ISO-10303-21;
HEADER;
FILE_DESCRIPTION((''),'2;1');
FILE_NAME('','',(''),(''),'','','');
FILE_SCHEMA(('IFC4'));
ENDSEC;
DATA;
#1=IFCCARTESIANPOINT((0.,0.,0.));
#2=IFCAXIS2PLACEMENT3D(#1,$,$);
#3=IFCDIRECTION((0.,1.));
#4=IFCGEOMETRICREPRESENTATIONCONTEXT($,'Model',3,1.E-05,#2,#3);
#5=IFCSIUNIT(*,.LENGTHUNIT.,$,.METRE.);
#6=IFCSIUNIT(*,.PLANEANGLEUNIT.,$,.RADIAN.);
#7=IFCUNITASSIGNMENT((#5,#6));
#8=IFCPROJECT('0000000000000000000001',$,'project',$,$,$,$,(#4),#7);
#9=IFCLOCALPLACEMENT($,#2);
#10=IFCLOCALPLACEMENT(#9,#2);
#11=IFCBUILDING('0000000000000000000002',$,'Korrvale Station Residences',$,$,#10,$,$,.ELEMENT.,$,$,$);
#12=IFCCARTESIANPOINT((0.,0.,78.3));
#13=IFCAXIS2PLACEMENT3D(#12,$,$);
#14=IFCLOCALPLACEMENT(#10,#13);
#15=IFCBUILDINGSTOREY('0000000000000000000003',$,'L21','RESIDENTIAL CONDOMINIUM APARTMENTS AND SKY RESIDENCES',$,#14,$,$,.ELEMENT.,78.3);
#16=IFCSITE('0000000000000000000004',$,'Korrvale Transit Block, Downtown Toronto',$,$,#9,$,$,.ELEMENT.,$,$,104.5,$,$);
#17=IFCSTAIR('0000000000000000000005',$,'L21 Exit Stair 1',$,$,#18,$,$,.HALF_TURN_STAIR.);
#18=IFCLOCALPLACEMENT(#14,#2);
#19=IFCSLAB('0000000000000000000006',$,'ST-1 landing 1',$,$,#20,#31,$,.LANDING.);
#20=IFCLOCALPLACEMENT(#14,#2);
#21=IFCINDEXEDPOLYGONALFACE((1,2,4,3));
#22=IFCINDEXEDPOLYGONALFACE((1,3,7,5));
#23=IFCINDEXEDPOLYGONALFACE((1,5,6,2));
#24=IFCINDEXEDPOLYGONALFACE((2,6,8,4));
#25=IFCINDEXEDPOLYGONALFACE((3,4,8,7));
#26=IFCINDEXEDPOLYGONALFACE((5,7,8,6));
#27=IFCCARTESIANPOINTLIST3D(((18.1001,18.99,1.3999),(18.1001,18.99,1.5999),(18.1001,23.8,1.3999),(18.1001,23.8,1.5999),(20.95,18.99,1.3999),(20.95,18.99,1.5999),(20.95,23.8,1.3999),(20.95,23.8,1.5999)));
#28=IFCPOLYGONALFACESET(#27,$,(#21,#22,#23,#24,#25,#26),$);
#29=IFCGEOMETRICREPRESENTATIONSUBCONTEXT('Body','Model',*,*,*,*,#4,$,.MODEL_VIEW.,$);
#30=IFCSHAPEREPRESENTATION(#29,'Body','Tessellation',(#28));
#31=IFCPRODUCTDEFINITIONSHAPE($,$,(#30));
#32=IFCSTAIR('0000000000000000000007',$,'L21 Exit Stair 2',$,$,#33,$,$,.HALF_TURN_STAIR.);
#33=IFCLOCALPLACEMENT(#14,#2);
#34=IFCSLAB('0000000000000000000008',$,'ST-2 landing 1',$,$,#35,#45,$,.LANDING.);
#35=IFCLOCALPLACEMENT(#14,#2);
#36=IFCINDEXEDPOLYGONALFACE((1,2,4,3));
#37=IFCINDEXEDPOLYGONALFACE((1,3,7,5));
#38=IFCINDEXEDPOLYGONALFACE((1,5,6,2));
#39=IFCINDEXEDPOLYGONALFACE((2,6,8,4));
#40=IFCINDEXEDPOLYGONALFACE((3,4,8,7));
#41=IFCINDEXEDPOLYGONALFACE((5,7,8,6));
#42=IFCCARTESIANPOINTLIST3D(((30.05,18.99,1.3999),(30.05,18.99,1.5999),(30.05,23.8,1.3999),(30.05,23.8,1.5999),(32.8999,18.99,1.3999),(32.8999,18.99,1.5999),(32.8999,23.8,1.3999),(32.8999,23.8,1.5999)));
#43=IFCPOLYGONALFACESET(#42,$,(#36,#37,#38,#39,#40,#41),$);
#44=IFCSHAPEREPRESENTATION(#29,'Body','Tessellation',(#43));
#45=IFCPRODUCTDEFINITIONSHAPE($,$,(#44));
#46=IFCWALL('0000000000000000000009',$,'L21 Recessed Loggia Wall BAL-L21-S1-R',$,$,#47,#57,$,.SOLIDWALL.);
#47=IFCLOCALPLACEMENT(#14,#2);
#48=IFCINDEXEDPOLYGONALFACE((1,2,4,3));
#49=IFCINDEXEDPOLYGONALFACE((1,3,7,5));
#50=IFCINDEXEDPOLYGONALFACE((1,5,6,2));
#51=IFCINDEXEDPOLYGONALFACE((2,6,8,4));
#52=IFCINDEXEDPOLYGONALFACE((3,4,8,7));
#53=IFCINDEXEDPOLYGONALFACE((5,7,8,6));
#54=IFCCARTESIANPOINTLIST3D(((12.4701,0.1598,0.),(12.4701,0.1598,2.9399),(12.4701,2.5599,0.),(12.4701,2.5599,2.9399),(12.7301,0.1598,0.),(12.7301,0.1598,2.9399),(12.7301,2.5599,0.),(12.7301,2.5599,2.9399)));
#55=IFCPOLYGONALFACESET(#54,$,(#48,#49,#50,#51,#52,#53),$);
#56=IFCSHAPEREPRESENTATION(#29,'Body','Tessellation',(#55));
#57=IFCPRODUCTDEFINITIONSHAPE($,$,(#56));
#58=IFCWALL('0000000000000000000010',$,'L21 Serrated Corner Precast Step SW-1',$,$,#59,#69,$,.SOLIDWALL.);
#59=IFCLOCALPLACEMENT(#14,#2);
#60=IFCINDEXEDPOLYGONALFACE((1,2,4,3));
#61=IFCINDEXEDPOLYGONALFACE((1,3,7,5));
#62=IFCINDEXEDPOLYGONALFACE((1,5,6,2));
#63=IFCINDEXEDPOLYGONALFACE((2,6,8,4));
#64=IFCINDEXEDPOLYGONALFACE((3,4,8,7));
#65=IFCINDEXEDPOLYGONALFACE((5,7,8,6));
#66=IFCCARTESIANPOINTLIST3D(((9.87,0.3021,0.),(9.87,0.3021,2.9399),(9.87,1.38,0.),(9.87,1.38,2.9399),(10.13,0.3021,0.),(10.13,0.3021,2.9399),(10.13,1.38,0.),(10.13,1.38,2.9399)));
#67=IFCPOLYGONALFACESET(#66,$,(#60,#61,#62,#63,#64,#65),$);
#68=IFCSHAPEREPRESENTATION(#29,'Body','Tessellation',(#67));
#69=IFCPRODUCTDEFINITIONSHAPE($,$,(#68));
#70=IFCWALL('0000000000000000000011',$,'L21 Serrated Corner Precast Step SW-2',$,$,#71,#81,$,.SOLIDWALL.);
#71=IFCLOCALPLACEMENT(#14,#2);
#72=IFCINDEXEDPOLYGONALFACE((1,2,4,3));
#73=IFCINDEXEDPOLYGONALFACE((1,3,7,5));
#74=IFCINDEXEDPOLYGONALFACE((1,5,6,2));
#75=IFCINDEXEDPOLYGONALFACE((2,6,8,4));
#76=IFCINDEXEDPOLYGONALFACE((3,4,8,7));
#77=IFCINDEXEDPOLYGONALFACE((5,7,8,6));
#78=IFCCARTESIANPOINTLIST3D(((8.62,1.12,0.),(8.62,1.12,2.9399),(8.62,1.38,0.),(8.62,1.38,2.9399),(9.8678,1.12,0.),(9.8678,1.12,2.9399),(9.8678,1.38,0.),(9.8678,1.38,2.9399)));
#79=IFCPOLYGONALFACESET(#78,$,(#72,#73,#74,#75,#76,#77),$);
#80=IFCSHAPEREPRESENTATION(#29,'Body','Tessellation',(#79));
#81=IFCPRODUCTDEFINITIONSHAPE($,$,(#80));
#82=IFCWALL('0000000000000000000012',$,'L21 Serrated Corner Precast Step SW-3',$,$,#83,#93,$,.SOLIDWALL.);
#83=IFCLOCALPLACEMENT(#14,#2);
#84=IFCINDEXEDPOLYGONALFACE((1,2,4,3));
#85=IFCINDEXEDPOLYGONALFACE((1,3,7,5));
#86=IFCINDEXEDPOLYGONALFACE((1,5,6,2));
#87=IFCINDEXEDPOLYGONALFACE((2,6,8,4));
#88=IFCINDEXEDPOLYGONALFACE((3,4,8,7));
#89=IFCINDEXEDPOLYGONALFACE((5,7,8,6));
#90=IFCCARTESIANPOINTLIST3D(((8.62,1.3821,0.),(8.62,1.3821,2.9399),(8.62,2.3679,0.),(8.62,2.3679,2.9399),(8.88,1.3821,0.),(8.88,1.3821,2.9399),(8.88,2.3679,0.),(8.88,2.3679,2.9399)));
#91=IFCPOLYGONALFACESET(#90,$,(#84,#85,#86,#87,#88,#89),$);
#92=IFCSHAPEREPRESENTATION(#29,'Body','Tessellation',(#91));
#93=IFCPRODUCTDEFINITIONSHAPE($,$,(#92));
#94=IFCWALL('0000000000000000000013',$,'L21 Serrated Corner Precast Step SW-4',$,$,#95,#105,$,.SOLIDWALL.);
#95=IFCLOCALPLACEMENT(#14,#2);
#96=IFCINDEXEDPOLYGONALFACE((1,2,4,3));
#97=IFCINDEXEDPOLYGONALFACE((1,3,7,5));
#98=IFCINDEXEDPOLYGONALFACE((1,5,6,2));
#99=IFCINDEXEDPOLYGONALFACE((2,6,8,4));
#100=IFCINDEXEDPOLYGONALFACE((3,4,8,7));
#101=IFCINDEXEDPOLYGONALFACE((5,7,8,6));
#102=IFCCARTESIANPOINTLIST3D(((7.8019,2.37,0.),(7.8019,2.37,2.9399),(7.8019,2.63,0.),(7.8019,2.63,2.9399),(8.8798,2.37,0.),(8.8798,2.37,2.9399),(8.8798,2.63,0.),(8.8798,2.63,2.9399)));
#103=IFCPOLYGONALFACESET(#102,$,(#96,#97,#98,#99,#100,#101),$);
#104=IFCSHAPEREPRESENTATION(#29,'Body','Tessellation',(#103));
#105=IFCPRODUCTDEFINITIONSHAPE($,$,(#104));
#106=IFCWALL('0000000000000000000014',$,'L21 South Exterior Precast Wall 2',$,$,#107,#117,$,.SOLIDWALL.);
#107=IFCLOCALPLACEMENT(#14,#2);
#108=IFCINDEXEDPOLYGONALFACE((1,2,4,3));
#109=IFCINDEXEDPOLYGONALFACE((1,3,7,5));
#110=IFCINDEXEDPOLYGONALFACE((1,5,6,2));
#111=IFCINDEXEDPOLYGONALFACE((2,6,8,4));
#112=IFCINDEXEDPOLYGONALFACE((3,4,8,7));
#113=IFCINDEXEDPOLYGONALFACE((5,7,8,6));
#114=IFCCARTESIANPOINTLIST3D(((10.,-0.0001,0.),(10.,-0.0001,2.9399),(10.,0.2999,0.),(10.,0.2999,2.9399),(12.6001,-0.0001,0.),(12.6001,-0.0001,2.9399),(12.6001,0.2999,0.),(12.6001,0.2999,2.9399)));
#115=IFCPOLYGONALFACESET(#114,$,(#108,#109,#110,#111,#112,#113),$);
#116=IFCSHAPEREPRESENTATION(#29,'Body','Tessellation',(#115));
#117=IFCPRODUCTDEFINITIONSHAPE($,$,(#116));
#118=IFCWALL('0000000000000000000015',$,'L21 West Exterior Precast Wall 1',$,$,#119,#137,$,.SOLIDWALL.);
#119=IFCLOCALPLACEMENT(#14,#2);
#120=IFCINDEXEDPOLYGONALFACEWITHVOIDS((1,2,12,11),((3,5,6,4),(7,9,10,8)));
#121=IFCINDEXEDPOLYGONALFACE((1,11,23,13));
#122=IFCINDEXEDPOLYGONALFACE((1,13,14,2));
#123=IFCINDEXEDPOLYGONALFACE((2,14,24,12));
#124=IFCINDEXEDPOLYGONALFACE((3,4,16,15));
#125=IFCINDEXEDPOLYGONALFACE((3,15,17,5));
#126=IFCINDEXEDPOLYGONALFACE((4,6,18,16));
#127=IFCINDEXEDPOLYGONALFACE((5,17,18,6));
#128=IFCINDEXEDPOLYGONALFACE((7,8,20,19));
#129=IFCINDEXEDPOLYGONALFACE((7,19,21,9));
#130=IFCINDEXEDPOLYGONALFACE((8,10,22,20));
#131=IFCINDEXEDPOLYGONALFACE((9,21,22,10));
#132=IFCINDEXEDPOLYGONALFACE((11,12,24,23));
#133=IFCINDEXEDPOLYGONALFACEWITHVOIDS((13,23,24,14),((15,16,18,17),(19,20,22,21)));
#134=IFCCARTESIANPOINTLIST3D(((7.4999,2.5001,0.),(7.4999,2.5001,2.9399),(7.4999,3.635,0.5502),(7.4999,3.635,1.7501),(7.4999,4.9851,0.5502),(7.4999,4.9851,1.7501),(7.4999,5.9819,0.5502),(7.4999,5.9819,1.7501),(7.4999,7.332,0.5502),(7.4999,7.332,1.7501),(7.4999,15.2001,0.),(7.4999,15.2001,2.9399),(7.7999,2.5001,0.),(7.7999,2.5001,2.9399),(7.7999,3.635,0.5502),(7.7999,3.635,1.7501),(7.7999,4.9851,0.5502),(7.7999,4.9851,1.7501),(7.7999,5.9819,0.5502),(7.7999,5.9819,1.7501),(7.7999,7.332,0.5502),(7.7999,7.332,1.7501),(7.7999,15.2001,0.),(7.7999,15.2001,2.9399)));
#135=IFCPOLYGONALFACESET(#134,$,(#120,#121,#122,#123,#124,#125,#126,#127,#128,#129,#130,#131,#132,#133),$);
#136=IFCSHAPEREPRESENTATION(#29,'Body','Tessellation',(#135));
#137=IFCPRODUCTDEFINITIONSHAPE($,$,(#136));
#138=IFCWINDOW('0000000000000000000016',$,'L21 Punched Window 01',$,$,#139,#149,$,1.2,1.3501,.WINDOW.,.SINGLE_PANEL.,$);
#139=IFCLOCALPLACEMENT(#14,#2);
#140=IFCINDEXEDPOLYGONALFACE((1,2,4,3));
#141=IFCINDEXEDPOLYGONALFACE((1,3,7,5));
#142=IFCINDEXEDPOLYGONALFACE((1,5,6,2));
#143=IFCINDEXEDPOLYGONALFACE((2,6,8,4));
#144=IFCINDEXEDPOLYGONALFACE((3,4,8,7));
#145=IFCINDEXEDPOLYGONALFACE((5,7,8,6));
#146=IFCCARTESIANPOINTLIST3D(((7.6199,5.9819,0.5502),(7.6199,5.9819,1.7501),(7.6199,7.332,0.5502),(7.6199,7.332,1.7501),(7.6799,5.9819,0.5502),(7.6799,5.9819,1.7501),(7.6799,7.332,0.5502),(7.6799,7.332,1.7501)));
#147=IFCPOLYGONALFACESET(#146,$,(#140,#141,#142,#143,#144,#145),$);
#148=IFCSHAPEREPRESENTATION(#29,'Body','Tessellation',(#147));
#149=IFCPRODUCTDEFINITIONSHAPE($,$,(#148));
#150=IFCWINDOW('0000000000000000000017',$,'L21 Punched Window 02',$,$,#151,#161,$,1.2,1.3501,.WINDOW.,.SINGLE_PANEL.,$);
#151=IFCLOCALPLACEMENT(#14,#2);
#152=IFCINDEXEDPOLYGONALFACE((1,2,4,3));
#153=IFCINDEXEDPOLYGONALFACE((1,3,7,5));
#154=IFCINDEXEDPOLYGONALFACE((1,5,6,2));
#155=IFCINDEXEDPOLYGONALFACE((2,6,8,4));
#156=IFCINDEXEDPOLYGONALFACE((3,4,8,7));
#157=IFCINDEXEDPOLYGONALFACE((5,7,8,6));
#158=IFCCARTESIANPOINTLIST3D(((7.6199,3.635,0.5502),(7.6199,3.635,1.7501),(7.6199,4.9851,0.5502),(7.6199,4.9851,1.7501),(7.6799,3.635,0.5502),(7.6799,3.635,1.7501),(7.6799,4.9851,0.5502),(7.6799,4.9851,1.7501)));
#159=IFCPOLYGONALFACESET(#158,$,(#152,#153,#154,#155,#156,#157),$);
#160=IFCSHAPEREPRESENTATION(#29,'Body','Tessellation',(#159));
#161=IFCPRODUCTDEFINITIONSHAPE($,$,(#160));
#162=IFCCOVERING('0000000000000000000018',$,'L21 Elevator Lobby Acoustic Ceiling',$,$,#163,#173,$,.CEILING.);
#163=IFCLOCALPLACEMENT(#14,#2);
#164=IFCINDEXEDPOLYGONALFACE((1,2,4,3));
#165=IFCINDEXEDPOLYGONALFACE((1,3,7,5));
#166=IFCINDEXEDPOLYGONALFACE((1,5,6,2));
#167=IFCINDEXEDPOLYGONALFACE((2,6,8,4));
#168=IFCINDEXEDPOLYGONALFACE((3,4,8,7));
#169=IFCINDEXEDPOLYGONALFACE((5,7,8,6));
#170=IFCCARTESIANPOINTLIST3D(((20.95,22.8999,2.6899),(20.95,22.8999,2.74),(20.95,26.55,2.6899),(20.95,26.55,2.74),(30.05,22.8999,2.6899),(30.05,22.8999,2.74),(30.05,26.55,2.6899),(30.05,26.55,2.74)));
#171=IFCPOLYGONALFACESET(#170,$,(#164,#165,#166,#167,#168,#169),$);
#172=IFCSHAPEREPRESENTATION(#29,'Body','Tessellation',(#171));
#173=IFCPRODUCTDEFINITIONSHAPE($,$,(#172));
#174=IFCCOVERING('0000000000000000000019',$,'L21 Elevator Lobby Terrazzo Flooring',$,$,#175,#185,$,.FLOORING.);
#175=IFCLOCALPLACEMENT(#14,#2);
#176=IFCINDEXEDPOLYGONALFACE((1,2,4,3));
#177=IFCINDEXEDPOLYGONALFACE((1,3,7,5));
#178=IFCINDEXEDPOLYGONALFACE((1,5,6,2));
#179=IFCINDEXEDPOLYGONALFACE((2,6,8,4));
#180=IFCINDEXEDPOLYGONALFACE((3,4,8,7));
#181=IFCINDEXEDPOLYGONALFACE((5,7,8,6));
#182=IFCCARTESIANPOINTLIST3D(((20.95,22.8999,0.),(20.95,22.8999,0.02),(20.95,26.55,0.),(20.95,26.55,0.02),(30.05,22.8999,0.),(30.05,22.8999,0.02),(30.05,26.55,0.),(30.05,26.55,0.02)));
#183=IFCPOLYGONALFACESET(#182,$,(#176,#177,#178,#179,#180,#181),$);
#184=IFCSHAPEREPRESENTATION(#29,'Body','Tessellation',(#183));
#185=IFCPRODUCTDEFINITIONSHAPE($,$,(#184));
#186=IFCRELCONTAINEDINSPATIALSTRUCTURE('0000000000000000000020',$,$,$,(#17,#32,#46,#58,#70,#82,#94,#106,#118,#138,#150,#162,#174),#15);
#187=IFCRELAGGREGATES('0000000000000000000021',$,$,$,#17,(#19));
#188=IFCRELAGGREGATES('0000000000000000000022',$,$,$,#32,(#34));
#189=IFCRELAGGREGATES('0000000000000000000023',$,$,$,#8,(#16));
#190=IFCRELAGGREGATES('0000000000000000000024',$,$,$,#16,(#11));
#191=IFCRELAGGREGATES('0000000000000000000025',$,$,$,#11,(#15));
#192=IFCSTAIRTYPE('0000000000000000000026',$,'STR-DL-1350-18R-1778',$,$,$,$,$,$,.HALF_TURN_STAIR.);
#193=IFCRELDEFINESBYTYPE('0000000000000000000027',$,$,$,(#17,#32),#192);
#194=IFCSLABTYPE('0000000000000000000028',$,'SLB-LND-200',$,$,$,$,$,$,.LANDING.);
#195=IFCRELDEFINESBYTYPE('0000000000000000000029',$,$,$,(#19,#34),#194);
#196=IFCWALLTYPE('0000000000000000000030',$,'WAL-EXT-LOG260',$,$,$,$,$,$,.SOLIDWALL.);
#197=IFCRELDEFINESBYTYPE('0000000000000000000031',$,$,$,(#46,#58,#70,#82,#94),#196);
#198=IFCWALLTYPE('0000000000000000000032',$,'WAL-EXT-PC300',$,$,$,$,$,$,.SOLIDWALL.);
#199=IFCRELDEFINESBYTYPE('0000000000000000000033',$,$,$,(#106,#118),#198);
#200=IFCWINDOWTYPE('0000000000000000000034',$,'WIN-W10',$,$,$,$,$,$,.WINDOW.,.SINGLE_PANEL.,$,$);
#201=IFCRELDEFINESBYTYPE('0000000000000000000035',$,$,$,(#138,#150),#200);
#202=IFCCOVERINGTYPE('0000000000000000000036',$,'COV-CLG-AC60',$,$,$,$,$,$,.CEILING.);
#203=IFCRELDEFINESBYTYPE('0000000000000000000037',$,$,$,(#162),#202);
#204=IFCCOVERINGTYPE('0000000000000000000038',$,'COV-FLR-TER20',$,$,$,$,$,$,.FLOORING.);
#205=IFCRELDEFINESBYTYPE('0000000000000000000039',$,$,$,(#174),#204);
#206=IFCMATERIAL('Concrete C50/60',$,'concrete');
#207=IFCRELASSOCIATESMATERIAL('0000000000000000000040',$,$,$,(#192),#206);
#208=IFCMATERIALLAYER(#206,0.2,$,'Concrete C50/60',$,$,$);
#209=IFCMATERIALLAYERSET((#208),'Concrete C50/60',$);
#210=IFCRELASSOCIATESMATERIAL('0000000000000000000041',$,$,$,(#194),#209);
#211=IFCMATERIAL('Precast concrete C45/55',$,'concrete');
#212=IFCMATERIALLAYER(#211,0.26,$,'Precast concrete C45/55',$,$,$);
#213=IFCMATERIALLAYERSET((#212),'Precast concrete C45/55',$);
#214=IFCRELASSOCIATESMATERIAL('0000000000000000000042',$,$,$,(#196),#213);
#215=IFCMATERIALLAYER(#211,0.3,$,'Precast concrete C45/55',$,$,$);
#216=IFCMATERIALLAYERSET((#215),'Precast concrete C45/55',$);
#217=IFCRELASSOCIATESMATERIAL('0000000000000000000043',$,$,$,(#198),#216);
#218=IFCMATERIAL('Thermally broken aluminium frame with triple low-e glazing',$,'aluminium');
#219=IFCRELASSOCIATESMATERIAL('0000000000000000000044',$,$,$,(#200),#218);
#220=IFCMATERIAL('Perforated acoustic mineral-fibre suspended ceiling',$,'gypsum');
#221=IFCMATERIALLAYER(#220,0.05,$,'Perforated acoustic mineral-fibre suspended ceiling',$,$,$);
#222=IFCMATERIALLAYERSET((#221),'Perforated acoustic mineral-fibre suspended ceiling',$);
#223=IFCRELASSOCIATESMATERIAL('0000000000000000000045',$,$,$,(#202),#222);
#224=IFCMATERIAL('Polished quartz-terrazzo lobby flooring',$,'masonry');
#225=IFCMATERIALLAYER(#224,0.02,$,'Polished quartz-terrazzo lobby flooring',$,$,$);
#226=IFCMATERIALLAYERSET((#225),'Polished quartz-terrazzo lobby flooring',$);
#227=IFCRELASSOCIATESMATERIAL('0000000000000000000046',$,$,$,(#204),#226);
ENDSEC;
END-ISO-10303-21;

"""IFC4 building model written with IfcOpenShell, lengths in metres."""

from ifc_helpers import new_model, si_unit, direction, frame, frame_2d, origin, place, context, subcontext, project, spatial, polyline, rectangle, outline, extrude, material, layer, layer_set, type_object, element, fill, aggregate, save


model = new_model("IFC4")

# Units and contexts
model_context = context("Model", 3, precision=1e-05, world=origin(), true_north=direction((0.0, 1.0)))
body_context = subcontext(model_context, "Body", "Model", "MODEL_VIEW")
ifc_project = project(units=[si_unit("LENGTHUNIT", "METRE"), si_unit("PLANEANGLEUNIT", "RADIAN")], contexts=[model_context])

# Site, building, storey
site_placement = place(None, origin())
site = spatial("IfcSite", under=ifc_project, at=site_placement, Name="Korrvale Transit Block, Downtown Toronto", CompositionType="ELEMENT", RefElevation=104.5)
building_placement = place(site_placement, origin())
building = spatial("IfcBuilding", under=site, at=building_placement, Name="Korrvale Station Residences", CompositionType="ELEMENT")
storey_placement = place(building_placement, frame((0.0, 0.0, 78.3)))
storey = spatial("IfcBuildingStorey", under=building, at=storey_placement, Name="L21", Description="RESIDENTIAL CONDOMINIUM APARTMENTS AND SKY RESIDENCES", CompositionType="ELEMENT", Elevation=78.3)

# Shared definitions
ifc_material_1 = material(Name="Concrete C50/60", Category="concrete")

# Stairs, slabs
stair_type = type_object("IfcStairType", Name="STR-DL-1350-18R-1778", PredefinedType="HALF_TURN_STAIR", material=ifc_material_1)
stair_1_placement = place(storey_placement, origin())
stair_1 = element("IfcStair", 1, at=stair_1_placement, inside=storey, type_object=stair_type, Name="L21 Exit Stair 1", PredefinedType="HALF_TURN_STAIR")
ifc_layer_1 = layer(ifc_material_1, 0.2, Name="Concrete C50/60")
ifc_layer_set_1 = layer_set([ifc_layer_1], Name="Concrete C50/60")
slab_type_1 = type_object("IfcSlabType", Name="SLB-LND-200", PredefinedType="LANDING", material=ifc_layer_set_1)
slab_1_placement = place(storey_placement, frame((0.0, 0.0, 1.3999)))
slab_1 = element("IfcSlab", 2, at=slab_1_placement, type_object=slab_type_1, Name="ST-1 landing 1", PredefinedType="LANDING", context=body_context, shape_type="SweptSolid", body=[
    extrude(outline(polyline([(20.95, 18.99), (20.95, 23.8), (18.1001, 23.8), (18.1001, 18.99), (20.95, 18.99)])), origin(), (0.0, 0.0, 1.0), 0.2),
])
aggregate(stair_1, [slab_1])
stair_2_placement = place(storey_placement, origin())
stair_2 = element("IfcStair", 3, at=stair_2_placement, inside=storey, type_object=stair_type, Name="L21 Exit Stair 2", PredefinedType="HALF_TURN_STAIR")
slab_2_placement = place(storey_placement, frame((0.0, 0.0, 1.3999)))
slab_2 = element("IfcSlab", 4, at=slab_2_placement, type_object=slab_type_1, Name="ST-2 landing 1", PredefinedType="LANDING", context=body_context, shape_type="SweptSolid", body=[
    extrude(outline(polyline([(32.8999, 18.99), (32.8999, 23.8), (30.05, 23.8), (30.05, 18.99), (32.8999, 18.99)])), origin(), (0.0, 0.0, 1.0), 0.2),
])
aggregate(stair_2, [slab_2])

# Walls
ifc_material_2 = material(Name="Precast concrete C45/55", Category="concrete")
ifc_layer_2 = layer(ifc_material_2, 0.26, Name="Precast concrete C45/55")
ifc_layer_set_2 = layer_set([ifc_layer_2], Name="Precast concrete C45/55")
wall_type_1 = type_object("IfcWallType", Name="WAL-EXT-LOG260", PredefinedType="SOLIDWALL", material=ifc_layer_set_2)
wall_1_placement = place(storey_placement, frame((12.6001, 2.5601, 0.0), z_axis=(0.0, 0.0, 1.0), x_axis=(0.0, -1.0, 0.0)))
element("IfcWall", 5, at=wall_1_placement, inside=storey, type_object=wall_type_1, Name="L21 Recessed Loggia Wall BAL-L21-S1-R", PredefinedType="SOLIDWALL", context=body_context, shape_type="SweptSolid", body=[
    extrude(rectangle(XDim=2.4001, YDim=0.26, at=frame_2d((1.2002, 0.0))), origin(), (0.0, 0.0, 1.0), 2.9399),
])
wall_2_placement = place(storey_placement, frame((10.0, 0.302, 0.0), z_axis=(0.0, 0.0, 1.0), x_axis=(0.0, 1.0, 0.0)))
element("IfcWall", 6, at=wall_2_placement, inside=storey, type_object=wall_type_1, Name="L21 Serrated Corner Precast Step SW-1", PredefinedType="SOLIDWALL", context=body_context, shape_type="SweptSolid", body=[
    extrude(rectangle(XDim=1.0779, YDim=0.26, at=frame_2d((0.5391, 0.0))), origin(), (0.0, 0.0, 1.0), 2.9399),
])
wall_3_placement = place(storey_placement, frame((9.8679, 1.25, 0.0), z_axis=(0.0, 0.0, 1.0), x_axis=(-1.0, 0.0, 0.0)))
element("IfcWall", 7, at=wall_3_placement, inside=storey, type_object=wall_type_1, Name="L21 Serrated Corner Precast Step SW-2", PredefinedType="SOLIDWALL", context=body_context, shape_type="SweptSolid", body=[
    extrude(rectangle(XDim=1.2478, YDim=0.26, at=frame_2d((0.624, 0.0))), origin(), (0.0, 0.0, 1.0), 2.9399),
])
wall_4_placement = place(storey_placement, frame((8.75, 1.3821, 0.0), z_axis=(0.0, 0.0, 1.0), x_axis=(0.0, 1.0, 0.0)))
element("IfcWall", 8, at=wall_4_placement, inside=storey, type_object=wall_type_1, Name="L21 Serrated Corner Precast Step SW-3", PredefinedType="SOLIDWALL", context=body_context, shape_type="SweptSolid", body=[
    extrude(rectangle(XDim=0.9858, YDim=0.26, at=frame_2d((0.4929, 0.0))), origin(), (0.0, 0.0, 1.0), 2.9399),
])
wall_5_placement = place(storey_placement, frame((8.8799, 2.5, 0.0), z_axis=(0.0, 0.0, 1.0), x_axis=(-1.0, 0.0, 0.0)))
element("IfcWall", 9, at=wall_5_placement, inside=storey, type_object=wall_type_1, Name="L21 Serrated Corner Precast Step SW-4", PredefinedType="SOLIDWALL", context=body_context, shape_type="SweptSolid", body=[
    extrude(rectangle(XDim=1.0779, YDim=0.26, at=frame_2d((0.5391, 0.0))), origin(), (0.0, 0.0, 1.0), 2.9399),
])
ifc_layer_3 = layer(ifc_material_2, 0.3, Name="Precast concrete C45/55")
ifc_layer_set_3 = layer_set([ifc_layer_3], Name="Precast concrete C45/55")
wall_type_2 = type_object("IfcWallType", Name="WAL-EXT-PC300", PredefinedType="SOLIDWALL", material=ifc_layer_set_3)
wall_6_placement = place(storey_placement, frame((12.6001, 0.1499, 0.0), z_axis=(0.0, 0.0, 1.0), x_axis=(-1.0, 0.0, 0.0)))
element("IfcWall", 10, at=wall_6_placement, inside=storey, type_object=wall_type_2, Name="L21 South Exterior Precast Wall 2", PredefinedType="SOLIDWALL", context=body_context, shape_type="SweptSolid", body=[
    extrude(rectangle(XDim=2.6001, YDim=0.3, at=frame_2d((1.3, 0.0))), origin(), (0.0, 0.0, 1.0), 2.9399),
])

# Wall, openings, windows
wall_7_placement = place(storey_placement, frame((7.6499, 2.5, 0.0), z_axis=(0.0, 0.0, 1.0), x_axis=(0.0, 1.0, 0.0)))
wall_7 = element("IfcWall", 11, at=wall_7_placement, inside=storey, type_object=wall_type_2, Name="L21 West Exterior Precast Wall 1", PredefinedType="SOLIDWALL", context=body_context, shape_type="SweptSolid", body=[
    extrude(rectangle(XDim=12.7, YDim=0.3, at=frame_2d((6.3501, 0.0))), origin(), (0.0, 0.0, 1.0), 2.9399),
])
opening_1_placement = place(wall_7_placement, frame((3.4819, 0.0, 0.55)))
opening_1 = element("IfcOpeningElement", 12, at=opening_1_placement, cuts=wall_7, PredefinedType="OPENING", context=body_context, shape_type="SweptSolid", body=[
    extrude(rectangle(XDim=1.3501, YDim=1.2, at=frame_2d((0.675, 0.6001))), frame((0.0, 0.1602, 0.0), z_axis=(0.0, -1.0, 0.0), x_axis=(1.0, 0.0, 0.0)), (0.0, 0.0, 1.0), 0.3201),
])
opening_2_placement = place(wall_7_placement, frame((1.135, 0.0, 0.55)))
opening_2 = element("IfcOpeningElement", 13, at=opening_2_placement, cuts=wall_7, PredefinedType="OPENING", context=body_context, shape_type="SweptSolid", body=[
    extrude(rectangle(XDim=1.3501, YDim=1.2, at=frame_2d((0.675, 0.6001))), frame((0.0, 0.1602, 0.0), z_axis=(0.0, -1.0, 0.0), x_axis=(1.0, 0.0, 0.0)), (0.0, 0.0, 1.0), 0.3201),
])
ifc_material_3 = material(Name="Thermally broken aluminium frame with triple low-e glazing", Category="aluminium")
window_type = type_object("IfcWindowType", Name="WIN-W10", PartitioningType="SINGLE_PANEL", PredefinedType="WINDOW", material=ifc_material_3)
window_1_placement = place(opening_1_placement, origin())
window_1 = element("IfcWindow", 14, at=window_1_placement, inside=storey, type_object=window_type, Name="L21 Punched Window 01", OverallHeight=1.2, OverallWidth=1.3501, PartitioningType="SINGLE_PANEL", PredefinedType="WINDOW", context=body_context, shape_type="SweptSolid", body=[
    extrude(rectangle(XDim=1.3501, YDim=1.2, at=frame_2d((0.675, 0.6001))), frame((0.0, 0.03, 0.0), z_axis=(0.0, -1.0, 0.0), x_axis=(1.0, 0.0, 0.0)), (0.0, 0.0, 1.0), 0.0601),
])
fill(opening_1, window_1)
window_2_placement = place(opening_2_placement, origin())
window_2 = element("IfcWindow", 15, at=window_2_placement, inside=storey, type_object=window_type, Name="L21 Punched Window 02", OverallHeight=1.2, OverallWidth=1.3501, PartitioningType="SINGLE_PANEL", PredefinedType="WINDOW", context=body_context, shape_type="SweptSolid", body=[
    extrude(rectangle(XDim=1.3501, YDim=1.2, at=frame_2d((0.675, 0.6001))), frame((0.0, 0.03, 0.0), z_axis=(0.0, -1.0, 0.0), x_axis=(1.0, 0.0, 0.0)), (0.0, 0.0, 1.0), 0.0601),
])
fill(opening_2, window_2)

# Coverings
ifc_material_4 = material(Name="Perforated acoustic mineral-fibre suspended ceiling", Category="gypsum")
ifc_layer_4 = layer(ifc_material_4, 0.05, Name="Perforated acoustic mineral-fibre suspended ceiling")
ifc_layer_set_4 = layer_set([ifc_layer_4], Name="Perforated acoustic mineral-fibre suspended ceiling")
covering_type_1 = type_object("IfcCoveringType", Name="COV-CLG-AC60", PredefinedType="CEILING", material=ifc_layer_set_4)
covering_1_placement = place(storey_placement, frame((0.0, 0.0, 2.6899)))
element("IfcCovering", 16, at=covering_1_placement, inside=storey, type_object=covering_type_1, Name="L21 Elevator Lobby Acoustic Ceiling", PredefinedType="CEILING", context=body_context, shape_type="SweptSolid", body=[
    extrude(outline(polyline([(20.95, 22.8999), (30.05, 22.8999), (30.05, 26.55), (20.95, 26.55), (20.95, 22.8999)])), origin(), (0.0, 0.0, 1.0), 0.05),
])
ifc_material_5 = material(Name="Polished quartz-terrazzo lobby flooring", Category="masonry")
ifc_layer_5 = layer(ifc_material_5, 0.02, Name="Polished quartz-terrazzo lobby flooring")
ifc_layer_set_5 = layer_set([ifc_layer_5], Name="Polished quartz-terrazzo lobby flooring")
covering_type_2 = type_object("IfcCoveringType", Name="COV-FLR-TER20", PredefinedType="FLOORING", material=ifc_layer_set_5)
covering_2_placement = place(storey_placement, origin())
element("IfcCovering", 17, at=covering_2_placement, inside=storey, type_object=covering_type_2, Name="L21 Elevator Lobby Terrazzo Flooring", PredefinedType="FLOORING", context=body_context, shape_type="SweptSolid", body=[
    extrude(outline(polyline([(20.95, 22.8999), (30.05, 22.8999), (30.05, 26.55), (20.95, 26.55), (20.95, 22.8999)])), origin(), (0.0, 0.0, 1.0), 0.02),
])

save(model, "model.ifc")
